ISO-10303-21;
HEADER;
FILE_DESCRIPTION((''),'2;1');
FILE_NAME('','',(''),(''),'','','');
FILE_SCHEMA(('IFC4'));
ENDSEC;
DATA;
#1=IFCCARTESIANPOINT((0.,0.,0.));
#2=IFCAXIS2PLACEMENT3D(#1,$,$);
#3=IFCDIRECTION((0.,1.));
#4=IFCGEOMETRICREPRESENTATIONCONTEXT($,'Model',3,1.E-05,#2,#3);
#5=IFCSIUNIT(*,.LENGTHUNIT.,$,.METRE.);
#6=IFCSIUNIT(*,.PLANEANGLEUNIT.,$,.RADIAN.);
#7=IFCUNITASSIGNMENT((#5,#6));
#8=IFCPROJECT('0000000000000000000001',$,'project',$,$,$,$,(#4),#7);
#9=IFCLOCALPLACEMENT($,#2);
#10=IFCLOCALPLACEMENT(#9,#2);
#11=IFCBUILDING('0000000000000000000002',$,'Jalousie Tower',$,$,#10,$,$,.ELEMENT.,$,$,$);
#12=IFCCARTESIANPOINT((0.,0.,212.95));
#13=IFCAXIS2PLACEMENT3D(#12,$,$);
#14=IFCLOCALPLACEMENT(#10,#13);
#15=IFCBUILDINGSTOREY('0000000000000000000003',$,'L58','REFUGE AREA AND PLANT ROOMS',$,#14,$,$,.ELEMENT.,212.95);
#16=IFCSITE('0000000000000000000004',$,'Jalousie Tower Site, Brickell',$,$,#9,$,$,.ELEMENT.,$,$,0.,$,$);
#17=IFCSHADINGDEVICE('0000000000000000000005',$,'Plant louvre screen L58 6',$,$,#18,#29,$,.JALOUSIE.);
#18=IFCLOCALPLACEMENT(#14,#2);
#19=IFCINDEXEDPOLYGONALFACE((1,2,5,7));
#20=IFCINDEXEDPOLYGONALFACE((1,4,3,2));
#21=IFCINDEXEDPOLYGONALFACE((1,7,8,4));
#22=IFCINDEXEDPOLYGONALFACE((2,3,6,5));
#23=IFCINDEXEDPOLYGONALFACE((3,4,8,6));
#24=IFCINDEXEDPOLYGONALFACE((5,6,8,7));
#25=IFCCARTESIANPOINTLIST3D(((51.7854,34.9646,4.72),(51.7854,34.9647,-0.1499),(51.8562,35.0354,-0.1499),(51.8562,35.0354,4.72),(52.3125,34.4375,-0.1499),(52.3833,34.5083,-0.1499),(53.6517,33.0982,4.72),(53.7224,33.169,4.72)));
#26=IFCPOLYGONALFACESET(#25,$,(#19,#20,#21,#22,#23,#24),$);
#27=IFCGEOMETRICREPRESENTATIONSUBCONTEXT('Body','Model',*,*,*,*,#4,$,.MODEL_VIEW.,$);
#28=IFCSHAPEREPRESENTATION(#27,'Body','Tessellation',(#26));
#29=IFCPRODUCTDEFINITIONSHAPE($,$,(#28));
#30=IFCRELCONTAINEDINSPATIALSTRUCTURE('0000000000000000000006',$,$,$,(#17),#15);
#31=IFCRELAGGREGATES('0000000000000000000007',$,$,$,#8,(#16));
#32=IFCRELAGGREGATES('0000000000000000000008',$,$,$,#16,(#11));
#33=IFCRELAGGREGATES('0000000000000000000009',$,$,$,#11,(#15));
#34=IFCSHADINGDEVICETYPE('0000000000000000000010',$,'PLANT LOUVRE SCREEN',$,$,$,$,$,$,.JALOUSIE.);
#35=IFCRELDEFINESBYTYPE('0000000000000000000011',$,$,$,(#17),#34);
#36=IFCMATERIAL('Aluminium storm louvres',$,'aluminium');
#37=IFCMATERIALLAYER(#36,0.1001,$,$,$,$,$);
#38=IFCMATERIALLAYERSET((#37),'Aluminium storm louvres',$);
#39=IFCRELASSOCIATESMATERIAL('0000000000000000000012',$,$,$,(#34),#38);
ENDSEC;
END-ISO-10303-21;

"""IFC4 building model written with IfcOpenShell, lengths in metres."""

from ifc_helpers import new_model, si_unit, direction, frame, origin, place, context, subcontext, project, spatial, polyline, outline, extrude, material, layer, layer_set, type_object, element, save


model = new_model("IFC4")

# Units and contexts
model_context = context("Model", 3, precision=1e-05, world=origin(), true_north=direction((0.0, 1.0)))
body_context = subcontext(model_context, "Body", "Model", "MODEL_VIEW")
ifc_project = project(units=[si_unit("LENGTHUNIT", "METRE"), si_unit("PLANEANGLEUNIT", "RADIAN")], contexts=[model_context])

# Site, building, storey
site_placement = place(None, origin())
site = spatial("IfcSite", under=ifc_project, at=site_placement, Name="Jalousie Tower Site, Brickell", CompositionType="ELEMENT", RefElevation=0.0)
building_placement = place(site_placement, origin())
building = spatial("IfcBuilding", under=site, at=building_placement, Name="Jalousie Tower", CompositionType="ELEMENT")
storey_placement = place(building_placement, frame((0.0, 0.0, 212.95)))
storey = spatial("IfcBuildingStorey", under=building, at=storey_placement, Name="L58", Description="REFUGE AREA AND PLANT ROOMS", CompositionType="ELEMENT", Elevation=212.95)

# Shading device
ifc_material_1 = material(Name="Aluminium storm louvres", Category="aluminium")
ifc_layer = layer(ifc_material_1, 0.1001)
ifc_layer_set = layer_set([ifc_layer], Name="Aluminium storm louvres")
shading_device_type = type_object("IfcShadingDeviceType", Name="PLANT LOUVRE SCREEN", PredefinedType="JALOUSIE", material=ifc_layer_set)
shading_device_1_placement = place(storey_placement, frame((51.8562, 35.0354, 4.72), z_axis=(0.707143, 0.707071, 0.000008), x_axis=(0.707071, -0.707143, 0.0)))
element("IfcShadingDevice", 1, at=shading_device_1_placement, inside=storey, type_object=shading_device_type, Name="Plant louvre screen L58 6", PredefinedType="JALOUSIE", context=body_context, shape_type="SweptSolid", body=[
    extrude(outline(polyline([(0.0, 0.0), (2.6394, 0.0), (0.7454, 4.8699), (0.0, 4.8699), (0.0, 0.0)])), origin(), (0.0, 0.0, -1.0), 0.1001),
])

save(model, "model.ifc")
